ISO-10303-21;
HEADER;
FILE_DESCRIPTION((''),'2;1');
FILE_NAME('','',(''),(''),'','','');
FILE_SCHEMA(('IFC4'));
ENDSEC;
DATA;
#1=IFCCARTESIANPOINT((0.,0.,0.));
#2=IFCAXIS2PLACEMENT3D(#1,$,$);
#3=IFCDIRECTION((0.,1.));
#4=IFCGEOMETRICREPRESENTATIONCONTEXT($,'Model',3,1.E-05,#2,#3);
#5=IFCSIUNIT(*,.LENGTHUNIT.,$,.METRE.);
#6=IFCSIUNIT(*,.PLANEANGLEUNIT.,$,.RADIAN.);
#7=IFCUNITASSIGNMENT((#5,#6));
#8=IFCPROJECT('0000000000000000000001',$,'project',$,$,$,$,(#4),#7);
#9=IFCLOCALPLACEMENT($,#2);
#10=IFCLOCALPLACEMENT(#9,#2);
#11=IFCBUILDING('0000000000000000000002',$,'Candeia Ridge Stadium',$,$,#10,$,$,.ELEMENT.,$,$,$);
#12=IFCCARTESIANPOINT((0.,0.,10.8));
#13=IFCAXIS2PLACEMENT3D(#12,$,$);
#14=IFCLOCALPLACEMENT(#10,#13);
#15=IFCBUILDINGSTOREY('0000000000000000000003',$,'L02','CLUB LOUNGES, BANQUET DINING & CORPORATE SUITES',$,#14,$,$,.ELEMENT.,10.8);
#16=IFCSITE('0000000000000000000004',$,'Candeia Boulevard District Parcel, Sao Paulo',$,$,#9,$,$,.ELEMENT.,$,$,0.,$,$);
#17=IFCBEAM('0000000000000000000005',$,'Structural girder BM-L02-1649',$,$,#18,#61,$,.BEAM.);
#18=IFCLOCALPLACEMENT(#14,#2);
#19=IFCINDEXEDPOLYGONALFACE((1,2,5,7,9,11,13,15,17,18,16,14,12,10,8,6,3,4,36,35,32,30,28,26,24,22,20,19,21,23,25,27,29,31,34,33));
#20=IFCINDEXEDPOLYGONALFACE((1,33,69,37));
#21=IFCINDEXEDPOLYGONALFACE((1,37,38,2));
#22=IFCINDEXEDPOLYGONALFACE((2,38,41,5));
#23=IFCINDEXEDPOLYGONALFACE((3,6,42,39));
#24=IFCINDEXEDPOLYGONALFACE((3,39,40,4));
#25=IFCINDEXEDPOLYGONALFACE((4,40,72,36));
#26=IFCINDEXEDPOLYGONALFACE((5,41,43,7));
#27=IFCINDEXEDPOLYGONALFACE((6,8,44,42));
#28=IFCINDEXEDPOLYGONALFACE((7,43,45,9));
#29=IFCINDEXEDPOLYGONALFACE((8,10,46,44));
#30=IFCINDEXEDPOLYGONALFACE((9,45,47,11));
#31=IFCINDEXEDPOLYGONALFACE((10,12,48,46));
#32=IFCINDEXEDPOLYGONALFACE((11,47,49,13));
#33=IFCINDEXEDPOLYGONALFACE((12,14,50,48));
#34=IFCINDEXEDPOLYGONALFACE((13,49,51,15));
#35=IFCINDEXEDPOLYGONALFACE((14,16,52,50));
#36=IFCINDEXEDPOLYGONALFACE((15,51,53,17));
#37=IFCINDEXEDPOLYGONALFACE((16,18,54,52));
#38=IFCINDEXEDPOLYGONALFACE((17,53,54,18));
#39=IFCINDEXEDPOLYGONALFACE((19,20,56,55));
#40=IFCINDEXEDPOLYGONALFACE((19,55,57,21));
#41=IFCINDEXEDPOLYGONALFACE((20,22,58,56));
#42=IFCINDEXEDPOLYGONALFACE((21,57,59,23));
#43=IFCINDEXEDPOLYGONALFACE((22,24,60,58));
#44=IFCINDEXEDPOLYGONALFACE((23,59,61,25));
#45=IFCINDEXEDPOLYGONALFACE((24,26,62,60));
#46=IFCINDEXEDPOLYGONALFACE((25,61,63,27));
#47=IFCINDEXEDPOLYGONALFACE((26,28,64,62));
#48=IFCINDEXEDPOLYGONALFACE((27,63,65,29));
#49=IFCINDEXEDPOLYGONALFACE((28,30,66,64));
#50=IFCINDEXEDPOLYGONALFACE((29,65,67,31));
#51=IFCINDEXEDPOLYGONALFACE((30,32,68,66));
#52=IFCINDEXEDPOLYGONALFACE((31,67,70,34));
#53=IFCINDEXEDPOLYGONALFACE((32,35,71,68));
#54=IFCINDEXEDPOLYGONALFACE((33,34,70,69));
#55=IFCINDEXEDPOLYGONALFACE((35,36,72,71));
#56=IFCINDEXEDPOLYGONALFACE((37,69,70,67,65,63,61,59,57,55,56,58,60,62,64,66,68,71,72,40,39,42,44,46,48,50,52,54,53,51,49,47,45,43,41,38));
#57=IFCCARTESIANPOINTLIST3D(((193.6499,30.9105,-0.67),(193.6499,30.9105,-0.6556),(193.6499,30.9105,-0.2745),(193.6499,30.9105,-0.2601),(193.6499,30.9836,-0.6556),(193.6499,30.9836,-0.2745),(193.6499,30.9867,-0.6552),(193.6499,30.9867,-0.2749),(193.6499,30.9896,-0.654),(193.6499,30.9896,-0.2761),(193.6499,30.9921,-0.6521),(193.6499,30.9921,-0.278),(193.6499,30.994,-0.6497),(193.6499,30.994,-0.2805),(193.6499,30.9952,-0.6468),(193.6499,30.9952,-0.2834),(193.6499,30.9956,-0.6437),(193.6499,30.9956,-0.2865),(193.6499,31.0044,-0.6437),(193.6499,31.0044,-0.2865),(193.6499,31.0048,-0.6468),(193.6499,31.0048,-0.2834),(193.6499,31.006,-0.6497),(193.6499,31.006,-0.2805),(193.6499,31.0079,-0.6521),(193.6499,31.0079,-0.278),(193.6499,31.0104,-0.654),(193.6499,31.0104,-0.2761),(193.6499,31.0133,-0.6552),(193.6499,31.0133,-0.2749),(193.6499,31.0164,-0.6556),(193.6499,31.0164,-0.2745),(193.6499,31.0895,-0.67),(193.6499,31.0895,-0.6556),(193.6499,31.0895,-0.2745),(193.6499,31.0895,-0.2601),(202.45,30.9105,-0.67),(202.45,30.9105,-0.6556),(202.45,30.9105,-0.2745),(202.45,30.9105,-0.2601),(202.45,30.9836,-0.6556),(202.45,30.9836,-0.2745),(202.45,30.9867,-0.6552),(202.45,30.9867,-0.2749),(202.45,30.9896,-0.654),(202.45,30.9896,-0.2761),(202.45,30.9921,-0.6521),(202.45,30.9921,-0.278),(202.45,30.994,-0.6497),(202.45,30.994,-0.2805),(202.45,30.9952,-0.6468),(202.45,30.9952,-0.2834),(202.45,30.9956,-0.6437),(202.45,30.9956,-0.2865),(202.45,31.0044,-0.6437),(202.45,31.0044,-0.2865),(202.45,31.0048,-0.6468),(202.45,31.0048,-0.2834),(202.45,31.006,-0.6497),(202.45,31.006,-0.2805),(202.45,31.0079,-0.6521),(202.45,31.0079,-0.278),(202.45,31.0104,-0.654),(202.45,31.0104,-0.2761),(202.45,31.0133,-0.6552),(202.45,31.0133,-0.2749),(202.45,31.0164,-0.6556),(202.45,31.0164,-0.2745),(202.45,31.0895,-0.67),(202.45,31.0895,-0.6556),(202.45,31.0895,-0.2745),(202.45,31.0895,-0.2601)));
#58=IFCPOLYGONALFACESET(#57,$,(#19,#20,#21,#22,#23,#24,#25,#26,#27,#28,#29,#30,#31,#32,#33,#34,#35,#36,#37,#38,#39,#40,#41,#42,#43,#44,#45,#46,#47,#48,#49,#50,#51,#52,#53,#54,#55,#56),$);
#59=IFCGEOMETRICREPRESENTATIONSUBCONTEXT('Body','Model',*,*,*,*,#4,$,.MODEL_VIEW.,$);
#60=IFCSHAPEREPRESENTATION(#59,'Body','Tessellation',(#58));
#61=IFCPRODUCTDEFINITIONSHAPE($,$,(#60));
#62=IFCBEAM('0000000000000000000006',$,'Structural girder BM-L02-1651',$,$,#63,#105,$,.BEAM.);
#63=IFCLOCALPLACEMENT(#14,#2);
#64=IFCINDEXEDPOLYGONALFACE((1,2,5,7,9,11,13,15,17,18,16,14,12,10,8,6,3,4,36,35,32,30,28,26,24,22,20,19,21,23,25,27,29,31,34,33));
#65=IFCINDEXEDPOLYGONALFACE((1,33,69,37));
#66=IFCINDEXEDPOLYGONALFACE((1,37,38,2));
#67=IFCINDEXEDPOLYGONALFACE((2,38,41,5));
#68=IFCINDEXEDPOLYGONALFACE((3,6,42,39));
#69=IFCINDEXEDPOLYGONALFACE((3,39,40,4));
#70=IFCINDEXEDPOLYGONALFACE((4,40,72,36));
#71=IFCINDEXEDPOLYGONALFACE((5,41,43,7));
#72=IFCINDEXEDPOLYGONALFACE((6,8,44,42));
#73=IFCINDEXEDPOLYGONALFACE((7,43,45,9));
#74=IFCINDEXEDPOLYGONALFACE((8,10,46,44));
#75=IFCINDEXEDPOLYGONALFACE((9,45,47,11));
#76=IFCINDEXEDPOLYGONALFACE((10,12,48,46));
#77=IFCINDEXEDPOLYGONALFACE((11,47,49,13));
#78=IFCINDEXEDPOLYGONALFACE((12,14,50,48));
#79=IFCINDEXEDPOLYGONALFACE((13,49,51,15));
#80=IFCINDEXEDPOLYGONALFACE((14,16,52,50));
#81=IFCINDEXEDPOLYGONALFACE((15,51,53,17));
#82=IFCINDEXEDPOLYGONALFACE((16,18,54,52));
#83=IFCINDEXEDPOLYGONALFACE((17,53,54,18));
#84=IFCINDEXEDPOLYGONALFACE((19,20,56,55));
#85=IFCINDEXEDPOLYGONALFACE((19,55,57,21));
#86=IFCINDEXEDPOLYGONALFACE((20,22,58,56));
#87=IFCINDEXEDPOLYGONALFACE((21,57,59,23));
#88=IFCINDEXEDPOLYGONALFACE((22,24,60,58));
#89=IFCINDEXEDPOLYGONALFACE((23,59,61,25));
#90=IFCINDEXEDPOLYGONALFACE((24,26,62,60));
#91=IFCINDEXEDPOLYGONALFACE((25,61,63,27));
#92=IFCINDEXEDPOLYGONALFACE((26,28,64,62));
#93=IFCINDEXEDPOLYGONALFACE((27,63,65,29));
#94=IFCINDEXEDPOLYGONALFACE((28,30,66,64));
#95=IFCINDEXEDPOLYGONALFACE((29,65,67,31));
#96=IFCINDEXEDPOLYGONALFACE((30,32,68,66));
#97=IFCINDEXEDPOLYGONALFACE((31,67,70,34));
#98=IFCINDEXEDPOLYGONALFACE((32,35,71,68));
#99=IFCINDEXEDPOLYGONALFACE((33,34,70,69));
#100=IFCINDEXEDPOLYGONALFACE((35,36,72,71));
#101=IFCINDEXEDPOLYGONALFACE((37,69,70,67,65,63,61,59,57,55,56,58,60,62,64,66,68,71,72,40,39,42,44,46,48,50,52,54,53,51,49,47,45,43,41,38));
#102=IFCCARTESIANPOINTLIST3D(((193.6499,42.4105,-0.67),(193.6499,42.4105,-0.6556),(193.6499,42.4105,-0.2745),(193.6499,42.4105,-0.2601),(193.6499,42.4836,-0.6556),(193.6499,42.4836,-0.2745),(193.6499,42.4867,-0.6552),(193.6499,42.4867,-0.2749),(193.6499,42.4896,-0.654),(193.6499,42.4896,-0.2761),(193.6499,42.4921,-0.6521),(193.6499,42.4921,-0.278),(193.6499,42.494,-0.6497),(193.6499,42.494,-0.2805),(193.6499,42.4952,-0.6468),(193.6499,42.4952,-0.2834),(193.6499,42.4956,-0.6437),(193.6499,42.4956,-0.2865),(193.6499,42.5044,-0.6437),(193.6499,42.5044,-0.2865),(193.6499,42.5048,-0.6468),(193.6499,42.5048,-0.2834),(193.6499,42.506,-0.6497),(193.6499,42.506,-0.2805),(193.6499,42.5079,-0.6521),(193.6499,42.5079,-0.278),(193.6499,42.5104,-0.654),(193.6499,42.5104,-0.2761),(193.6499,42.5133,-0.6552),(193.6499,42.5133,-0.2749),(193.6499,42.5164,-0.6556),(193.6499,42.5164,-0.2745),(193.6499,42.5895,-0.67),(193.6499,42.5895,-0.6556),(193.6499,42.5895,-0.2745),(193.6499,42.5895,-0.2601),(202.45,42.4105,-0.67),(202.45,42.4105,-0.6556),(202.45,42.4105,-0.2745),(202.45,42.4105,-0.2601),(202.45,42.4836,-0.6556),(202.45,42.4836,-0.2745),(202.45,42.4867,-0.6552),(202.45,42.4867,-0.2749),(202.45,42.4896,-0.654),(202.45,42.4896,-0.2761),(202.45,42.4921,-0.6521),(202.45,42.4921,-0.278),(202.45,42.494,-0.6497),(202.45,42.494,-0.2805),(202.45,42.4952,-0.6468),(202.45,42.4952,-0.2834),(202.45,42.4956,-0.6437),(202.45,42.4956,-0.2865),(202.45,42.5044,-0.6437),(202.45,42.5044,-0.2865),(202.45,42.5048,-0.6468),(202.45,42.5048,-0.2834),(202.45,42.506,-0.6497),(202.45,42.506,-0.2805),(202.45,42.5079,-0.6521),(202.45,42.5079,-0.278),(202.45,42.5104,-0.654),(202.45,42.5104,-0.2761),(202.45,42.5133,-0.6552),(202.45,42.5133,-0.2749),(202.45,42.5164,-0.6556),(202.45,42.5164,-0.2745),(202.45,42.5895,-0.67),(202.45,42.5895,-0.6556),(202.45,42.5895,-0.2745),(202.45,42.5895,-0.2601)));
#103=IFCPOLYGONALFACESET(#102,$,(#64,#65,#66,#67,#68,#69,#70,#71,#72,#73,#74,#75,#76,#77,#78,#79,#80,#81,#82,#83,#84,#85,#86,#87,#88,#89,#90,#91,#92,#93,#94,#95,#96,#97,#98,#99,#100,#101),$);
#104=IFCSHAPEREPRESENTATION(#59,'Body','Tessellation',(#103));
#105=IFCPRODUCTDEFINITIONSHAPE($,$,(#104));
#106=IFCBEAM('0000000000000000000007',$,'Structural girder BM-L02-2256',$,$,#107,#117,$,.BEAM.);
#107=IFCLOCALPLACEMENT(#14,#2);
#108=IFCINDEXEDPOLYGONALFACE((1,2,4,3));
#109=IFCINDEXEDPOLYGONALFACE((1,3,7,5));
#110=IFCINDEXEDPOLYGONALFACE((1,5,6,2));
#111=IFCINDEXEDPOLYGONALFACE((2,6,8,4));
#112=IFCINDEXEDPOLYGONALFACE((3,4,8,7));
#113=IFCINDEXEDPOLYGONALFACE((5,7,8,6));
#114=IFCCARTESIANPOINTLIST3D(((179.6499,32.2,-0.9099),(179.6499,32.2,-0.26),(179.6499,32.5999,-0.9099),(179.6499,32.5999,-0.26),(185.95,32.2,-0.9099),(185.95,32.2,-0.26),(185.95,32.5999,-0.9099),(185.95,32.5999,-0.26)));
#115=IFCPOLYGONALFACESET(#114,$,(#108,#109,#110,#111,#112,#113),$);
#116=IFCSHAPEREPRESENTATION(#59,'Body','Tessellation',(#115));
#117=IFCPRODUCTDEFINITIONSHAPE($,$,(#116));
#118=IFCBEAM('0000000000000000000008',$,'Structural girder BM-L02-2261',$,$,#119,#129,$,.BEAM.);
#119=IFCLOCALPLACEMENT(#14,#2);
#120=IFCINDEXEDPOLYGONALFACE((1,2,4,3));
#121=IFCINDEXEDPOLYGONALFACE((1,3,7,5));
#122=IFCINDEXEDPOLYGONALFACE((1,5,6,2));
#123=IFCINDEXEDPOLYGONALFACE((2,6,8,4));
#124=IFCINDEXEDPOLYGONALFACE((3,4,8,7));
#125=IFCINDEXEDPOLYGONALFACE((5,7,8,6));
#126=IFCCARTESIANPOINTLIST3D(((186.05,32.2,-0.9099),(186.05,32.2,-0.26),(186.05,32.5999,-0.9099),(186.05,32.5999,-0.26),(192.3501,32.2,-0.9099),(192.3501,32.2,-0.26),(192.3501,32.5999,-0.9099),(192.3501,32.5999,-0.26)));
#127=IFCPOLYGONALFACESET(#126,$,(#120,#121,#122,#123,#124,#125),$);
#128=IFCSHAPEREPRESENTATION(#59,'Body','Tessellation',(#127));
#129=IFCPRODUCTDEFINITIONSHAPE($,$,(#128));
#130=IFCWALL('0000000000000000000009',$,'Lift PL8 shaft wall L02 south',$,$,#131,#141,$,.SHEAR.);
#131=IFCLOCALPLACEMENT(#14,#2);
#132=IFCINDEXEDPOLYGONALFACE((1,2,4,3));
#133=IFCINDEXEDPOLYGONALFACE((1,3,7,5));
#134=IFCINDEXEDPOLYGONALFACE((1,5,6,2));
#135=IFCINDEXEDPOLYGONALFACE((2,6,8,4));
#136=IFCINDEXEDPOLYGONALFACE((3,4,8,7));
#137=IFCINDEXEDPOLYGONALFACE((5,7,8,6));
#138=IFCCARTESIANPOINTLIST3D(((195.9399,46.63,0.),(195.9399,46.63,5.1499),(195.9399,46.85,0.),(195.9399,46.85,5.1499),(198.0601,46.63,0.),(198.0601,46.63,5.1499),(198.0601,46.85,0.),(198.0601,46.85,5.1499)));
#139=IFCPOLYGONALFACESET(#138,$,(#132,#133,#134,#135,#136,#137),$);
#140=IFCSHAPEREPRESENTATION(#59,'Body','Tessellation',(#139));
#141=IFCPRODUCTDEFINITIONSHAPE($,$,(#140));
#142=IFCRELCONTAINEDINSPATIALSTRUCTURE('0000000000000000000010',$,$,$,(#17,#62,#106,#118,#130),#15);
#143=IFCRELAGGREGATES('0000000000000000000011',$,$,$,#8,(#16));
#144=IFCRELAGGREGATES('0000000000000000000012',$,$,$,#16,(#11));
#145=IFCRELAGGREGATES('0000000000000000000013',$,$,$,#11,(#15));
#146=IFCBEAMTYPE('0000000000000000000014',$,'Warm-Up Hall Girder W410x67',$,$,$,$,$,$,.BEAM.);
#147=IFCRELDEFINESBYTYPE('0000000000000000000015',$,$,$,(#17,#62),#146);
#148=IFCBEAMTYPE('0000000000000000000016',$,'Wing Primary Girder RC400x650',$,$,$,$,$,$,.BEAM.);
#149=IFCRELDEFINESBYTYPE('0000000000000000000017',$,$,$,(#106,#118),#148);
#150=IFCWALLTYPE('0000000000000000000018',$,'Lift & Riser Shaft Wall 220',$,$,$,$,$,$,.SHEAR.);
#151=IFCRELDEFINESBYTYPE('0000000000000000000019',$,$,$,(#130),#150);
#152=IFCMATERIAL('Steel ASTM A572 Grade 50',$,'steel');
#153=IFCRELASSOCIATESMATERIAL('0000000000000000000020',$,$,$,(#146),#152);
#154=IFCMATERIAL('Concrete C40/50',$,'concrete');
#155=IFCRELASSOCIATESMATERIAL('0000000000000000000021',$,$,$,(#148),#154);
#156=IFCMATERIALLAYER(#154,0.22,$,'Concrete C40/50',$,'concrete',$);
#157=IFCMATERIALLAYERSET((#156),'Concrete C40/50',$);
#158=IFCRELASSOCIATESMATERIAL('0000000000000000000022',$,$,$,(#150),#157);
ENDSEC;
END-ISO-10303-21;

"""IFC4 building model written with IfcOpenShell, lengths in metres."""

from ifc_helpers import new_model, si_unit, direction, frame, frame_2d, origin, origin_2d, place, context, subcontext, project, spatial, rectangle, i_section, extrude, material, layer, layer_set, material_profile, profile_set, type_object, element, save


model = new_model("IFC4")

# Units and contexts
model_context = context("Model", 3, precision=1e-05, world=origin(), true_north=direction((0.0, 1.0)))
body_context = subcontext(model_context, "Body", "Model", "MODEL_VIEW")
ifc_project = project(units=[si_unit("LENGTHUNIT", "METRE"), si_unit("PLANEANGLEUNIT", "RADIAN")], contexts=[model_context])

# Site, building, storey
site_placement = place(None, origin())
site = spatial("IfcSite", under=ifc_project, at=site_placement, Name="Candeia Boulevard District Parcel, Sao Paulo", CompositionType="ELEMENT", RefElevation=0.0)
building_placement = place(site_placement, origin())
building = spatial("IfcBuilding", under=site, at=building_placement, Name="Candeia Ridge Stadium", CompositionType="ELEMENT")
storey_placement = place(building_placement, frame((0.0, 0.0, 10.8)))
storey = spatial("IfcBuildingStorey", under=building, at=storey_placement, Name="L02", Description="CLUB LOUNGES, BANQUET DINING & CORPORATE SUITES", CompositionType="ELEMENT", Elevation=10.8)

# Shared definitions
ifc_material_1 = material(Name="Concrete C40/50", Category="concrete")

# Beams
ifc_material_2 = material(Name="Steel ASTM A572 Grade 50", Category="steel")
ifc_material_profile_1 = material_profile(ifc_material_2, i_section(OverallWidth=0.179, OverallDepth=0.4099, WebThickness=0.0088, FlangeThickness=0.0144, FilletRadius=0.012, at=origin_2d()), Name="W410x67", Category="steel")
ifc_profile_set_1 = profile_set([ifc_material_profile_1], Name="Steel ASTM A572 Grade 50")
beam_type_1 = type_object("IfcBeamType", Name="Warm-Up Hall Girder W410x67", PredefinedType="BEAM", material=ifc_profile_set_1)
for number, where, z_axis, x_axis, name in (
    (1, (193.6499, 31.0, -0.4651), (1.0, 0.0, 0.0), (0.0, 1.0, 0.0), "Structural girder BM-L02-1649"),
    (2, (193.6499, 42.5, -0.4651), (1.0, 0.0, 0.0), (0.0, 1.0, 0.0), "Structural girder BM-L02-1651"),
):
    element("IfcBeam", number, at=place(storey_placement, frame(where, z_axis=z_axis, x_axis=x_axis)), inside=storey, type_object=beam_type_1, Name=name, PredefinedType="BEAM", context=body_context, shape_type="SweptSolid", body=[
        extrude(i_section(OverallWidth=0.179, OverallDepth=0.4099, WebThickness=0.0088, FlangeThickness=0.0144, FilletRadius=0.012, at=origin_2d()), origin(), (0.0, 0.0, 1.0), 8.8),
    ])
ifc_material_profile_2 = material_profile(ifc_material_1, rectangle(XDim=0.3999, YDim=0.6499, at=origin_2d()), Name="RC400x650", Category="concrete")
ifc_profile_set_2 = profile_set([ifc_material_profile_2], Name="Concrete C40/50")
beam_type_2 = type_object("IfcBeamType", Name="Wing Primary Girder RC400x650", PredefinedType="BEAM", material=ifc_profile_set_2)
for number, where, z_axis, x_axis, name in (
    (3, (179.6499, 32.3999, -0.585), (1.0, 0.0, 0.0), (0.0, 1.0, 0.0), "Structural girder BM-L02-2256"),
    (4, (186.05, 32.3999, -0.585), (1.0, 0.0, 0.0), (0.0, 1.0, 0.0), "Structural girder BM-L02-2261"),
):
    element("IfcBeam", number, at=place(storey_placement, frame(where, z_axis=z_axis, x_axis=x_axis)), inside=storey, type_object=beam_type_2, Name=name, PredefinedType="BEAM", context=body_context, shape_type="SweptSolid", body=[
        extrude(rectangle(XDim=0.3999, YDim=0.6499, at=origin_2d()), origin(), (0.0, 0.0, 1.0), 6.3),
    ])

# Wall
ifc_layer_1 = layer(ifc_material_1, 0.22, Name="Concrete C40/50", Category="concrete")
ifc_layer_set_1 = layer_set([ifc_layer_1], Name="Concrete C40/50")
wall_type = type_object("IfcWallType", Name="Lift & Riser Shaft Wall 220", PredefinedType="SHEAR", material=ifc_layer_set_1)
wall_placement = place(storey_placement, frame((195.9399, 46.74, 0.0), z_axis=(0.0, 0.0, 1.0), x_axis=(1.0, 0.0, 0.0)))
element("IfcWall", 5, at=wall_placement, inside=storey, type_object=wall_type, Name="Lift PL8 shaft wall L02 south", PredefinedType="SHEAR", context=body_context, shape_type="SweptSolid", body=[
    extrude(rectangle(XDim=2.1201, YDim=0.22, at=frame_2d((1.0601, 0.0))), origin(), (0.0, 0.0, 1.0), 5.1499),
])

save(model, "model.ifc")
